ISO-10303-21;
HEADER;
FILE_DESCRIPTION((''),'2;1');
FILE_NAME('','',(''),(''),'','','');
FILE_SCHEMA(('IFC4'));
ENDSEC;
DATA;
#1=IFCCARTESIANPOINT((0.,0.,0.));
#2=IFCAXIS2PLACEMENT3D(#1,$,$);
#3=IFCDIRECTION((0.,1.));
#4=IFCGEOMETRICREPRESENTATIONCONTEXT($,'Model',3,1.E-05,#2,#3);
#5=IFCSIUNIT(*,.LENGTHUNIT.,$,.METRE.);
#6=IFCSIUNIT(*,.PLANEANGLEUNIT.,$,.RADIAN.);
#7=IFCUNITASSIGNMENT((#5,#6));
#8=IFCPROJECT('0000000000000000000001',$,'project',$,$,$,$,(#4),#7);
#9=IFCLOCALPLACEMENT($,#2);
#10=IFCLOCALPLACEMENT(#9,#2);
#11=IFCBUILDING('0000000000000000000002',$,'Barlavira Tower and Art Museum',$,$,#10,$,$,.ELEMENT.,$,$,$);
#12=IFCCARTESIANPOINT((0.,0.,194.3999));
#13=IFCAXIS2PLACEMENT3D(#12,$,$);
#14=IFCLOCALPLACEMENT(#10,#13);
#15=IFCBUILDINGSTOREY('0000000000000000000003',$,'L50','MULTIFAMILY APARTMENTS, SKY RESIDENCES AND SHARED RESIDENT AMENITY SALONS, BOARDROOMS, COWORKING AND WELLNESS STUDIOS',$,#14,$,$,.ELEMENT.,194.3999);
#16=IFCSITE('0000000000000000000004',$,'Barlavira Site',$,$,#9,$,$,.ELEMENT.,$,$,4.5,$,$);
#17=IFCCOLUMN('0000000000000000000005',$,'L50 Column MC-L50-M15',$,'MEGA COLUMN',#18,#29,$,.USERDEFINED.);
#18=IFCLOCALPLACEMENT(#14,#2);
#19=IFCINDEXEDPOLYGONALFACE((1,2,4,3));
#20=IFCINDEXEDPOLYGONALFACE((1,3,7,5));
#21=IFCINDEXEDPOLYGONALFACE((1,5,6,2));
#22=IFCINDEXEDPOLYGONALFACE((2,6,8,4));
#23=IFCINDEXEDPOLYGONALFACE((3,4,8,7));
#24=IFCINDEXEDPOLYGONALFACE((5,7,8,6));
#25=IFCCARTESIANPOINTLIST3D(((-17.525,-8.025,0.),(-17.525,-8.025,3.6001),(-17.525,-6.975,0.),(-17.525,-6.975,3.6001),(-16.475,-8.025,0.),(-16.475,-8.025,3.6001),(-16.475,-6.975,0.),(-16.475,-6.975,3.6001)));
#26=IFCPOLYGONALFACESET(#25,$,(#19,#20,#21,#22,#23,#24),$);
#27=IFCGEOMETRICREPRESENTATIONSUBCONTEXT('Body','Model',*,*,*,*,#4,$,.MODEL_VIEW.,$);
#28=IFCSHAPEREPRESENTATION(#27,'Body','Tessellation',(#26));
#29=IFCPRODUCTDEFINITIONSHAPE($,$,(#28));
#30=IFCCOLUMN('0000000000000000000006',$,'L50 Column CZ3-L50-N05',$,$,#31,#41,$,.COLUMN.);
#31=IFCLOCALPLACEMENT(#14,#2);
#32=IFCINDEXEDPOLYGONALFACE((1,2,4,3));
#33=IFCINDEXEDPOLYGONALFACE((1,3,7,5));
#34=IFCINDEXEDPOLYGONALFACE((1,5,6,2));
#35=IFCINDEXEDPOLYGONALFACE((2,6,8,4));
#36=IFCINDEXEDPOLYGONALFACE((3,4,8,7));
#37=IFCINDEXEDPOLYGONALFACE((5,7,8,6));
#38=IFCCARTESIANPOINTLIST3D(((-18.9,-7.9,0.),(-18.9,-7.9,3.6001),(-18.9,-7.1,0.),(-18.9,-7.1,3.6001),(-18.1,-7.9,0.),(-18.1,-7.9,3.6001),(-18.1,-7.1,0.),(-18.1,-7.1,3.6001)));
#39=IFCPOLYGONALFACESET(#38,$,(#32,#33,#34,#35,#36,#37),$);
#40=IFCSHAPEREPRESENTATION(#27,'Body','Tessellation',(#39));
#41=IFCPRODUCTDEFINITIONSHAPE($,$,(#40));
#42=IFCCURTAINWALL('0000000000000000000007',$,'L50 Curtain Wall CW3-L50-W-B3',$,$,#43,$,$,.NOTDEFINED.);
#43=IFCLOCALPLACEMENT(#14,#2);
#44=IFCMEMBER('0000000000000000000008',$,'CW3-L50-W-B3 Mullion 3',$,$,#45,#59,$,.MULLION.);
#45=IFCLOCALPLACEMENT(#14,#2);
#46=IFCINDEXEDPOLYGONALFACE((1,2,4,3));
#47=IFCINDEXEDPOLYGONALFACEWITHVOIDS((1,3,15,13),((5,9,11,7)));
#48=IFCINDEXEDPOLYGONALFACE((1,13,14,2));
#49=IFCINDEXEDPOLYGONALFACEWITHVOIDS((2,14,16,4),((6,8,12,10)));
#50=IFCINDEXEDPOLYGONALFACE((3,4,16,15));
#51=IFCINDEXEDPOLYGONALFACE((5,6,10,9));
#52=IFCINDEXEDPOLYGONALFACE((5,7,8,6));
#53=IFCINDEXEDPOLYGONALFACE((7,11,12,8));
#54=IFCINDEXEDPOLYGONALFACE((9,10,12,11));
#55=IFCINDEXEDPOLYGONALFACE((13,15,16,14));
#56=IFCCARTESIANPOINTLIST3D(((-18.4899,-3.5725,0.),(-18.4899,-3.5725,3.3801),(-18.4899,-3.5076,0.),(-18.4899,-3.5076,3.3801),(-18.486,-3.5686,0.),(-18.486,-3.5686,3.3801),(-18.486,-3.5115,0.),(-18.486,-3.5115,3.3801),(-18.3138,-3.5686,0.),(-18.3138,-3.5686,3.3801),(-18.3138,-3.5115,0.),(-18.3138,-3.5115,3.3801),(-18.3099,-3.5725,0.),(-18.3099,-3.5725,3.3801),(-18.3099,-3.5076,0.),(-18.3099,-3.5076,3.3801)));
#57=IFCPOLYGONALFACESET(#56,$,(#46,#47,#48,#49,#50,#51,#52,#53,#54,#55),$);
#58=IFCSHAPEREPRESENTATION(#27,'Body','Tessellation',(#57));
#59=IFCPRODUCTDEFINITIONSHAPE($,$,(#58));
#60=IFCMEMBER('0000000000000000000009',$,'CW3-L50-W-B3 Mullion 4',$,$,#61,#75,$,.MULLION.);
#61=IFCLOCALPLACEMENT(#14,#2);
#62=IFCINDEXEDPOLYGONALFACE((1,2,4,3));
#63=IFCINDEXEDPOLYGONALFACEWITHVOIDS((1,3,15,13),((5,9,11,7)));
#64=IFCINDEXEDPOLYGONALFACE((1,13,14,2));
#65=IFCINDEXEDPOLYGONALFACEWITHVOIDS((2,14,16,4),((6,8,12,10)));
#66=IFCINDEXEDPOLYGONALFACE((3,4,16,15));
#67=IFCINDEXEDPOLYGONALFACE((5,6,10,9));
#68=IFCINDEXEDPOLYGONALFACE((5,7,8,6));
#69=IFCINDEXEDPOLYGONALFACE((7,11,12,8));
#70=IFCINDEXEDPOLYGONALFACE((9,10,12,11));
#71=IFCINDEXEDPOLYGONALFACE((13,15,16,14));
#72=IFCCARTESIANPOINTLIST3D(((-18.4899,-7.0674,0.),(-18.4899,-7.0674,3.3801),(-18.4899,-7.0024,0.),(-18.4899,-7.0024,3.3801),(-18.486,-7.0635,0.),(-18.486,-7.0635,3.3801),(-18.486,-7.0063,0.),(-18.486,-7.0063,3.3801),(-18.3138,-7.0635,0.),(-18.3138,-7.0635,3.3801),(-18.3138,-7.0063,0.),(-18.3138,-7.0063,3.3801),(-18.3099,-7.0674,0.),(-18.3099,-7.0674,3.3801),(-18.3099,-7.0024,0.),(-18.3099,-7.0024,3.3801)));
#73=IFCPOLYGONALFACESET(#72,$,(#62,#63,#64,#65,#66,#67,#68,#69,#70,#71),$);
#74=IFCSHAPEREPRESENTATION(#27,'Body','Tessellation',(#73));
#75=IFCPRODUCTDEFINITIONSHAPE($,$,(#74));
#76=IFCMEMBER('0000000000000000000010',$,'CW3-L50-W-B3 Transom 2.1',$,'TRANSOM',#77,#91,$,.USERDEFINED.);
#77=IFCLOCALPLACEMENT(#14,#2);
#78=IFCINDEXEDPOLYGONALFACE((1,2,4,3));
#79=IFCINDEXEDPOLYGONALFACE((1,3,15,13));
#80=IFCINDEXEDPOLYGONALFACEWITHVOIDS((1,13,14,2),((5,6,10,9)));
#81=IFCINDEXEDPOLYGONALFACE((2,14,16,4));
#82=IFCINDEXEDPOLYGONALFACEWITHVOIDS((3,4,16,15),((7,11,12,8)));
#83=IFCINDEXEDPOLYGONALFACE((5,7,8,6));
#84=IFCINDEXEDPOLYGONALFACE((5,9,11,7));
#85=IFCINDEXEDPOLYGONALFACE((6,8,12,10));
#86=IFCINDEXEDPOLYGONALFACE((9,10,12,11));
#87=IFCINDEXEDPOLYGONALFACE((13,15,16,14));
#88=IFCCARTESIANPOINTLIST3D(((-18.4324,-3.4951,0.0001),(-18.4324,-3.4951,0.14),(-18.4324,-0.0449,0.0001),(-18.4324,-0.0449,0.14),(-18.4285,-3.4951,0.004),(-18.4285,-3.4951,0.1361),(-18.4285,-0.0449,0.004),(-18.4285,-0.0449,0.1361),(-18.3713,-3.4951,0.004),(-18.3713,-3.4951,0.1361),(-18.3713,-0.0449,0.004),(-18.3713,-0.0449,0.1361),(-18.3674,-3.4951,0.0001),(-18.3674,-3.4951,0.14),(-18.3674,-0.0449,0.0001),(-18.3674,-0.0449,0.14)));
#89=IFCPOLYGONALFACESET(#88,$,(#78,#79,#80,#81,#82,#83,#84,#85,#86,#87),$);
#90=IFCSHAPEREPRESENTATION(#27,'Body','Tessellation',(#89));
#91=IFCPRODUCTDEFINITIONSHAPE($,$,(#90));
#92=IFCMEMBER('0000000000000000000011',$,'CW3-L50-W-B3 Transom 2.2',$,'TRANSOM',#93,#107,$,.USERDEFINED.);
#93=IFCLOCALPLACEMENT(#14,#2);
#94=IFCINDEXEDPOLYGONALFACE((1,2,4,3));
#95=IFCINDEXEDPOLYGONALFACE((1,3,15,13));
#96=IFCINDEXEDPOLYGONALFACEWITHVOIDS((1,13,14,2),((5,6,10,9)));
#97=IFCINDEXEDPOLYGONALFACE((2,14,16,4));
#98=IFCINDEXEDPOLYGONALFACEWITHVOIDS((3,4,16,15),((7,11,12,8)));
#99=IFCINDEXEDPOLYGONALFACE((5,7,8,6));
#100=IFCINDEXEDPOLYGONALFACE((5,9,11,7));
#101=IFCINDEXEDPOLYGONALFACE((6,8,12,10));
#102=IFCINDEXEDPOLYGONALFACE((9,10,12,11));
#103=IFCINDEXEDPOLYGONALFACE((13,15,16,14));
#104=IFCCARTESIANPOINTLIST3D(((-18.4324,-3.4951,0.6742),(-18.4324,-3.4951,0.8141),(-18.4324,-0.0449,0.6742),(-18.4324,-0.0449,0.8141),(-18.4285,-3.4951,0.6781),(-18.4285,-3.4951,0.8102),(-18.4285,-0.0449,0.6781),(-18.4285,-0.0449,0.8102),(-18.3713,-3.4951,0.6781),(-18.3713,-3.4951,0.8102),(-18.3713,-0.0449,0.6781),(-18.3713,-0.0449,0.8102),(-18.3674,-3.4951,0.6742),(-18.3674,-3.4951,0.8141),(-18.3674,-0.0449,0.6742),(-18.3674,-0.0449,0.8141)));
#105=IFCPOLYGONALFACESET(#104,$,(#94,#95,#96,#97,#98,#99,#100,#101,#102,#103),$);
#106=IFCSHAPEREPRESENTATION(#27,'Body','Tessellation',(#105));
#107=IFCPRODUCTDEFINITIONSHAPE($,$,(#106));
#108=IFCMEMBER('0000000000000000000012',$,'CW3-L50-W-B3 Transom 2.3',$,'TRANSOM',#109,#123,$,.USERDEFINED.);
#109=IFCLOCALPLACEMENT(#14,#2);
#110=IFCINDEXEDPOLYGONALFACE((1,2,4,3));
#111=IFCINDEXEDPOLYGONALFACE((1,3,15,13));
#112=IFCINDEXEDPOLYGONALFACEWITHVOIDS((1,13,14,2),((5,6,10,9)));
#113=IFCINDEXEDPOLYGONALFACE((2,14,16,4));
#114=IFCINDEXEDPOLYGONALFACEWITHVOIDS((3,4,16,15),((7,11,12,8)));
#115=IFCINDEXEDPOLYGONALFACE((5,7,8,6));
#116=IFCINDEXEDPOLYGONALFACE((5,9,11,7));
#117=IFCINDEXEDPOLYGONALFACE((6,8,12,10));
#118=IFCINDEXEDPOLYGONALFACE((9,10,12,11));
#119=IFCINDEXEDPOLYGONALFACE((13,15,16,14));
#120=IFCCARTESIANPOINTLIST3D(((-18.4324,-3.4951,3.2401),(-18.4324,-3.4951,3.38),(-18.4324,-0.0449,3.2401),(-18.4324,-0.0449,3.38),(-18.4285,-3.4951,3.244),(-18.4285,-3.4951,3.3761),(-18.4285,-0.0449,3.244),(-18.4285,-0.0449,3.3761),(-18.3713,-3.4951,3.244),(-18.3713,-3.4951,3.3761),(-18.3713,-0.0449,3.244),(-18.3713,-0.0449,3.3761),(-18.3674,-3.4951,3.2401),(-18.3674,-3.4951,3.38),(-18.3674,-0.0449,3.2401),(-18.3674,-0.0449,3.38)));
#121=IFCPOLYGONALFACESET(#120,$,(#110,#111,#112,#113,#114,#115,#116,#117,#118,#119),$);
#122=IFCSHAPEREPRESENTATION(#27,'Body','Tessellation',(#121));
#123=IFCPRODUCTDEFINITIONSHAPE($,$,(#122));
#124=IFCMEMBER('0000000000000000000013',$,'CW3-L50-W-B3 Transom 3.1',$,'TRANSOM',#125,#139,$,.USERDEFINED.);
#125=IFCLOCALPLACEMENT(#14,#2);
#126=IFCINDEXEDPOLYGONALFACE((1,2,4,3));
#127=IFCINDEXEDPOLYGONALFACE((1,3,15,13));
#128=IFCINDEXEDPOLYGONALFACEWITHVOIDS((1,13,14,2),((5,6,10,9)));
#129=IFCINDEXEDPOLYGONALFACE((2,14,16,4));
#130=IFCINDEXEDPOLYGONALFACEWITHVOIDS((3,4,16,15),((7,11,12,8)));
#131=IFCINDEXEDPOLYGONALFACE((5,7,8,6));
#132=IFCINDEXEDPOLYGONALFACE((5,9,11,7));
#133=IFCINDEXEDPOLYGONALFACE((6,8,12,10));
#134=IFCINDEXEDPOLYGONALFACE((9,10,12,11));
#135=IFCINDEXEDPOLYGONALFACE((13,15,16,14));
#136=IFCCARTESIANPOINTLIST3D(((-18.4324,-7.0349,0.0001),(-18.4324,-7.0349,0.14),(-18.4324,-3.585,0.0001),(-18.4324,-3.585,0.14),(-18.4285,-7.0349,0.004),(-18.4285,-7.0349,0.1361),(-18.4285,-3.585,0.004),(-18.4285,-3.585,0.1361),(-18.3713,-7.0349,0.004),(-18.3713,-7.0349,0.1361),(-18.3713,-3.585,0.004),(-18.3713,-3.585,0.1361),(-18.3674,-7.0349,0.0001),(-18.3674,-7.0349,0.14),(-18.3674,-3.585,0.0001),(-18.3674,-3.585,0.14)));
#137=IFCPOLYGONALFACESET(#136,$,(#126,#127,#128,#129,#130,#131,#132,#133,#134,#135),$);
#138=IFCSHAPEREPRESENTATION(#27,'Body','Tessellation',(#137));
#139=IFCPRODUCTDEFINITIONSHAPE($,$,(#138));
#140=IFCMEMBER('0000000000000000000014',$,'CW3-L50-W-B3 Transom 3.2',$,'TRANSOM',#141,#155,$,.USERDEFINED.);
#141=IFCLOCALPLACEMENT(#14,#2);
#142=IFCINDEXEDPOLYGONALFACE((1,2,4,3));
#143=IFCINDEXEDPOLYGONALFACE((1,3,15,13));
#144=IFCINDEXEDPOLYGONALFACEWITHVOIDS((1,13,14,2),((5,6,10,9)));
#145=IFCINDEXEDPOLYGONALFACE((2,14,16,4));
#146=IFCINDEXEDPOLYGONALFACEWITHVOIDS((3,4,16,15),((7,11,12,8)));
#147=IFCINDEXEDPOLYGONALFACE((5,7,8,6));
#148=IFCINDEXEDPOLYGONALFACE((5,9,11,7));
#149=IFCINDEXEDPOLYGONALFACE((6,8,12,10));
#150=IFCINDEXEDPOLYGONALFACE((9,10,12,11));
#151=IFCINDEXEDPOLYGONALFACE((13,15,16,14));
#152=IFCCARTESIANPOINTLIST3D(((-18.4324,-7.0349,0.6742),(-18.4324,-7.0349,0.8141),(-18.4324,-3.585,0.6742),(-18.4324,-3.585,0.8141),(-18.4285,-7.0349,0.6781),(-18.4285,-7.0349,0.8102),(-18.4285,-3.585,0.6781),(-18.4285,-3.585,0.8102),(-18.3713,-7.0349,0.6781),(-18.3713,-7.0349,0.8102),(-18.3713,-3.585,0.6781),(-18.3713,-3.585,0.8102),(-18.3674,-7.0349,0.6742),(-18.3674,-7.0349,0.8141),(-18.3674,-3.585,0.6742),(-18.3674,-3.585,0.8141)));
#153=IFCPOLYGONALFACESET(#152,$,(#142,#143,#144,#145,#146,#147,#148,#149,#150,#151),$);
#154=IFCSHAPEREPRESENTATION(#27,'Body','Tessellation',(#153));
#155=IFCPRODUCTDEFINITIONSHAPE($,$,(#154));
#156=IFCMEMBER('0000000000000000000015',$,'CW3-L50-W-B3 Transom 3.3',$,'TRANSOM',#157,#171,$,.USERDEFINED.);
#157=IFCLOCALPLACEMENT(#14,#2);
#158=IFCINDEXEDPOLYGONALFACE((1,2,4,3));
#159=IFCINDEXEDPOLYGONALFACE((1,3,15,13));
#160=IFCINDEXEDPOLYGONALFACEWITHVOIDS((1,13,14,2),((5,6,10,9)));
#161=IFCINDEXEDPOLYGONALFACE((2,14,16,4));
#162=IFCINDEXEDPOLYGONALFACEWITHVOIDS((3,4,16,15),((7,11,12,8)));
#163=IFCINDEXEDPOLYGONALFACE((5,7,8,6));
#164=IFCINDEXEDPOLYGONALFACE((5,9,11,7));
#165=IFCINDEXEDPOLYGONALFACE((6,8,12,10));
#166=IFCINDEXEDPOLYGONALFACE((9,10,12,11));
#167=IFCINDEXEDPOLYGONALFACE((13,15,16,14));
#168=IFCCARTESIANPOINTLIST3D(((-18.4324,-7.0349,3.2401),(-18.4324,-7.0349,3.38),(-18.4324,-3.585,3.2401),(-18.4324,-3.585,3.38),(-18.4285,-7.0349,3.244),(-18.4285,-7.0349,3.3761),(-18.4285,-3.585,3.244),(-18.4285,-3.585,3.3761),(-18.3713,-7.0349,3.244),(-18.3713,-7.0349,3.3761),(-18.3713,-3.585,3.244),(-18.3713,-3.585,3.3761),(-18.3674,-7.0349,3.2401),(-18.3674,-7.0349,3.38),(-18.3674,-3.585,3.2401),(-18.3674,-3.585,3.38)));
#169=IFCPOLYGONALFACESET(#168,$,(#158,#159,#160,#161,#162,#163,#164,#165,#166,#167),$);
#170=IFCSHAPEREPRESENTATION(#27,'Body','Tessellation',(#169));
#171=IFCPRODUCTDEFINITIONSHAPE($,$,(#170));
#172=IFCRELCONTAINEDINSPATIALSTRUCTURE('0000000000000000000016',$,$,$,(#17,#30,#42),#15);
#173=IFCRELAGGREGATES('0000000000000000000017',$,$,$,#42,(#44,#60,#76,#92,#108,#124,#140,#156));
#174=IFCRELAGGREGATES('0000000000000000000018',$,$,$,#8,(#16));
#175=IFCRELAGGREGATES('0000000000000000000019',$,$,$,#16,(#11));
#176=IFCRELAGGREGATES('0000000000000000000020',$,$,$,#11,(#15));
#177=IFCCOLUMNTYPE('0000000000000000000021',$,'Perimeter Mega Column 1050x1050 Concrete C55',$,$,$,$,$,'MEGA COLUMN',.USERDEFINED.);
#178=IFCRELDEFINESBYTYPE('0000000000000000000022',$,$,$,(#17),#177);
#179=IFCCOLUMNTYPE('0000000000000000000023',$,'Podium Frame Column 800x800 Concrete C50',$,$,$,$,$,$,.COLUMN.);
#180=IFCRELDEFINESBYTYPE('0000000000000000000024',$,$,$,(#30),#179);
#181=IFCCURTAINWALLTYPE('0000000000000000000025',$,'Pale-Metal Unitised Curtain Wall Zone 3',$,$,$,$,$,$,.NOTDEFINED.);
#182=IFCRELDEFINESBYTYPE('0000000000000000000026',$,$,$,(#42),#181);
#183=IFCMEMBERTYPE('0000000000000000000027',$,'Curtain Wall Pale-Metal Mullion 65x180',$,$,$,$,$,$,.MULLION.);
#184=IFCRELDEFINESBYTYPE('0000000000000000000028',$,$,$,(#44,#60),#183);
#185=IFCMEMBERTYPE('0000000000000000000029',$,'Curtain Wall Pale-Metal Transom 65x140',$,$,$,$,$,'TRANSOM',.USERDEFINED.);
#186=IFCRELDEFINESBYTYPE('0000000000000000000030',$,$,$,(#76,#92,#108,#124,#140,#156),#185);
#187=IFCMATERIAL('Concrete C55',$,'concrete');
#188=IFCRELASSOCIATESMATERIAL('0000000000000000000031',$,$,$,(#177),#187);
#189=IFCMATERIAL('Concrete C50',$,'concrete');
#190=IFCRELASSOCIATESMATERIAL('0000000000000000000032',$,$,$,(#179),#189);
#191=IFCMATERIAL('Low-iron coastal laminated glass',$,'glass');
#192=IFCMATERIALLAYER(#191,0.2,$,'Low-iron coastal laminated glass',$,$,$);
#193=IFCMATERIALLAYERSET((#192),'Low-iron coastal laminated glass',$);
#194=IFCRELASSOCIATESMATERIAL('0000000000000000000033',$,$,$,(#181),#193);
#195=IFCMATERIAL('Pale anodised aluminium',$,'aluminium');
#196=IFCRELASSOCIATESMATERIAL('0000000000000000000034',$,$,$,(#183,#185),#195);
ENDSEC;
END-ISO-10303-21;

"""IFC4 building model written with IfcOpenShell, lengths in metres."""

from ifc_helpers import new_model, si_unit, direction, frame, origin, origin_2d, place, context, subcontext, project, spatial, rectangle, hollow_rectangle, extrude, material, layer, layer_set, material_profile, profile_set, type_object, element, aggregate, save


model = new_model("IFC4")

# Units and contexts
model_context = context("Model", 3, precision=1e-05, world=origin(), true_north=direction((0.0, 1.0)))
body_context = subcontext(model_context, "Body", "Model", "MODEL_VIEW")
ifc_project = project(units=[si_unit("LENGTHUNIT", "METRE"), si_unit("PLANEANGLEUNIT", "RADIAN")], contexts=[model_context])

# Site, building, storey
site_placement = place(None, origin())
site = spatial("IfcSite", under=ifc_project, at=site_placement, Name="Barlavira Site", CompositionType="ELEMENT", RefElevation=4.5)
building_placement = place(site_placement, origin())
building = spatial("IfcBuilding", under=site, at=building_placement, Name="Barlavira Tower and Art Museum", CompositionType="ELEMENT")
storey_placement = place(building_placement, frame((0.0, 0.0, 194.3999)))
storey = spatial("IfcBuildingStorey", under=building, at=storey_placement, Name="L50", Description="MULTIFAMILY APARTMENTS, SKY RESIDENCES AND SHARED RESIDENT AMENITY SALONS, BOARDROOMS, COWORKING AND WELLNESS STUDIOS", CompositionType="ELEMENT", Elevation=194.3999)

# Columns
ifc_material_1 = material(Name="Concrete C55", Category="concrete")
ifc_material_profile_1 = material_profile(ifc_material_1, rectangle(XDim=1.05, YDim=1.05, at=origin_2d()), Name="RC-COL 1050x1050")
ifc_profile_set_1 = profile_set([ifc_material_profile_1], Name="Concrete C55")
column_type_1 = type_object("IfcColumnType", Name="Perimeter Mega Column 1050x1050 Concrete C55", ElementType="MEGA COLUMN", PredefinedType="USERDEFINED", material=ifc_profile_set_1)
column_1_placement = place(storey_placement, frame((-17.0, -7.5, 0.0), z_axis=(0.0, 0.0, 1.0), x_axis=(1.0, 0.0, 0.0)))
element("IfcColumn", 1, at=column_1_placement, inside=storey, type_object=column_type_1, Name="L50 Column MC-L50-M15", ObjectType="MEGA COLUMN", PredefinedType="USERDEFINED", context=body_context, shape_type="SweptSolid", body=[
    extrude(rectangle(XDim=1.05, YDim=1.05, at=origin_2d()), origin(), (0.0, 0.0, 1.0), 3.6001),
])
ifc_material_2 = material(Name="Concrete C50", Category="concrete")
ifc_material_profile_2 = material_profile(ifc_material_2, rectangle(XDim=0.8, YDim=0.8, at=origin_2d()), Name="RC-COL 800x800")
ifc_profile_set_2 = profile_set([ifc_material_profile_2], Name="Concrete C50")
column_type_2 = type_object("IfcColumnType", Name="Podium Frame Column 800x800 Concrete C50", PredefinedType="COLUMN", material=ifc_profile_set_2)
column_2_placement = place(storey_placement, frame((-18.5, -7.5, 0.0), z_axis=(0.0, 0.0, 1.0), x_axis=(1.0, 0.0, 0.0)))
element("IfcColumn", 2, at=column_2_placement, inside=storey, type_object=column_type_2, Name="L50 Column CZ3-L50-N05", PredefinedType="COLUMN", context=body_context, shape_type="SweptSolid", body=[
    extrude(rectangle(XDim=0.8, YDim=0.8, at=origin_2d()), origin(), (0.0, 0.0, 1.0), 3.6001),
])

# Curtain wall, members
ifc_material_3 = material(Name="Low-iron coastal laminated glass", Category="glass")
ifc_layer_1 = layer(ifc_material_3, 0.2, Name="Low-iron coastal laminated glass")
ifc_layer_set_1 = layer_set([ifc_layer_1], Name="Low-iron coastal laminated glass")
curtain_wall_type = type_object("IfcCurtainWallType", Name="Pale-Metal Unitised Curtain Wall Zone 3", PredefinedType="NOTDEFINED", material=ifc_layer_set_1)
curtain_wall_placement = place(storey_placement, origin())
curtain_wall = element("IfcCurtainWall", 3, at=curtain_wall_placement, inside=storey, type_object=curtain_wall_type, Name="L50 Curtain Wall CW3-L50-W-B3", PredefinedType="NOTDEFINED")
ifc_material_4 = material(Name="Pale anodised aluminium", Category="aluminium")
ifc_material_profile_3 = material_profile(ifc_material_4, hollow_rectangle(XDim=0.0649, YDim=0.1799, WallThickness=0.0039, at=origin_2d()), Name="ALU-MULL 65x180x4")
ifc_profile_set_3 = profile_set([ifc_material_profile_3], Name="Pale anodised aluminium")
member_type_1 = type_object("IfcMemberType", Name="Curtain Wall Pale-Metal Mullion 65x180", PredefinedType="MULLION", material=ifc_profile_set_3)
member_1_placement = place(storey_placement, frame((-18.3999, -3.54, 0.0), z_axis=(0.0, 0.0, 1.0), x_axis=(0.0, -1.0, 0.0)))
member_1 = element("IfcMember", 4, at=member_1_placement, type_object=member_type_1, Name="CW3-L50-W-B3 Mullion 3", PredefinedType="MULLION", context=body_context, shape_type="SweptSolid", body=[
    extrude(hollow_rectangle(XDim=0.0649, YDim=0.1799, WallThickness=0.0039, at=origin_2d()), origin(), (0.0, 0.0, 1.0), 3.3801),
])
member_2_placement = place(storey_placement, frame((-18.3999, -7.0349, 0.0), z_axis=(0.0, 0.0, 1.0), x_axis=(0.0, -1.0, 0.0)))
member_2 = element("IfcMember", 5, at=member_2_placement, type_object=member_type_1, Name="CW3-L50-W-B3 Mullion 4", PredefinedType="MULLION", context=body_context, shape_type="SweptSolid", body=[
    extrude(hollow_rectangle(XDim=0.0649, YDim=0.1799, WallThickness=0.0039, at=origin_2d()), origin(), (0.0, 0.0, 1.0), 3.3801),
])
ifc_material_profile_4 = material_profile(ifc_material_4, hollow_rectangle(XDim=0.0649, YDim=0.1399, WallThickness=0.0039, at=origin_2d()), Name="ALU-TRAN 65x140x4")
ifc_profile_set_4 = profile_set([ifc_material_profile_4], Name="Pale anodised aluminium")
member_type_2 = type_object("IfcMemberType", Name="Curtain Wall Pale-Metal Transom 65x140", ElementType="TRANSOM", PredefinedType="USERDEFINED", material=ifc_profile_set_4)
member_3_placement = place(storey_placement, frame((-18.3999, -0.0449, 0.0701), z_axis=(0.0, -1.0, 0.0), x_axis=(1.0, 0.0, 0.0)))
member_3 = element("IfcMember", 6, at=member_3_placement, type_object=member_type_2, Name="CW3-L50-W-B3 Transom 2.1", ObjectType="TRANSOM", PredefinedType="USERDEFINED", context=body_context, shape_type="SweptSolid", body=[
    extrude(hollow_rectangle(XDim=0.0649, YDim=0.1399, WallThickness=0.0039, at=origin_2d()), origin(), (0.0, 0.0, 1.0), 3.4502),
])
member_4_placement = place(storey_placement, frame((-18.3999, -0.0449, 0.7441), z_axis=(0.0, -1.0, 0.0), x_axis=(1.0, 0.0, 0.0)))
member_4 = element("IfcMember", 7, at=member_4_placement, type_object=member_type_2, Name="CW3-L50-W-B3 Transom 2.2", ObjectType="TRANSOM", PredefinedType="USERDEFINED", context=body_context, shape_type="SweptSolid", body=[
    extrude(hollow_rectangle(XDim=0.0649, YDim=0.1399, WallThickness=0.0039, at=origin_2d()), origin(), (0.0, 0.0, 1.0), 3.4502),
])
member_5_placement = place(storey_placement, frame((-18.3999, -0.0449, 3.3101), z_axis=(0.0, -1.0, 0.0), x_axis=(1.0, 0.0, 0.0)))
member_5 = element("IfcMember", 8, at=member_5_placement, type_object=member_type_2, Name="CW3-L50-W-B3 Transom 2.3", ObjectType="TRANSOM", PredefinedType="USERDEFINED", context=body_context, shape_type="SweptSolid", body=[
    extrude(hollow_rectangle(XDim=0.0649, YDim=0.1399, WallThickness=0.0039, at=origin_2d()), origin(), (0.0, 0.0, 1.0), 3.4502),
])
member_6_placement = place(storey_placement, frame((-18.3999, -3.585, 0.0701), z_axis=(0.0, -1.0, 0.0), x_axis=(1.0, 0.0, 0.0)))
member_6 = element("IfcMember", 9, at=member_6_placement, type_object=member_type_2, Name="CW3-L50-W-B3 Transom 3.1", ObjectType="TRANSOM", PredefinedType="USERDEFINED", context=body_context, shape_type="SweptSolid", body=[
    extrude(hollow_rectangle(XDim=0.0649, YDim=0.1399, WallThickness=0.0039, at=origin_2d()), origin(), (0.0, 0.0, 1.0), 3.45),
])
member_7_placement = place(storey_placement, frame((-18.3999, -3.585, 0.7441), z_axis=(0.0, -1.0, 0.0), x_axis=(1.0, 0.0, 0.0)))
member_7 = element("IfcMember", 10, at=member_7_placement, type_object=member_type_2, Name="CW3-L50-W-B3 Transom 3.2", ObjectType="TRANSOM", PredefinedType="USERDEFINED", context=body_context, shape_type="SweptSolid", body=[
    extrude(hollow_rectangle(XDim=0.0649, YDim=0.1399, WallThickness=0.0039, at=origin_2d()), origin(), (0.0, 0.0, 1.0), 3.45),
])
member_8_placement = place(storey_placement, frame((-18.3999, -3.585, 3.3101), z_axis=(0.0, -1.0, 0.0), x_axis=(1.0, 0.0, 0.0)))
member_8 = element("IfcMember", 11, at=member_8_placement, type_object=member_type_2, Name="CW3-L50-W-B3 Transom 3.3", ObjectType="TRANSOM", PredefinedType="USERDEFINED", context=body_context, shape_type="SweptSolid", body=[
    extrude(hollow_rectangle(XDim=0.0649, YDim=0.1399, WallThickness=0.0039, at=origin_2d()), origin(), (0.0, 0.0, 1.0), 3.45),
])

aggregate(curtain_wall, [member_1, member_2, member_3, member_4, member_5, member_6, member_7, member_8])

save(model, "model.ifc")
